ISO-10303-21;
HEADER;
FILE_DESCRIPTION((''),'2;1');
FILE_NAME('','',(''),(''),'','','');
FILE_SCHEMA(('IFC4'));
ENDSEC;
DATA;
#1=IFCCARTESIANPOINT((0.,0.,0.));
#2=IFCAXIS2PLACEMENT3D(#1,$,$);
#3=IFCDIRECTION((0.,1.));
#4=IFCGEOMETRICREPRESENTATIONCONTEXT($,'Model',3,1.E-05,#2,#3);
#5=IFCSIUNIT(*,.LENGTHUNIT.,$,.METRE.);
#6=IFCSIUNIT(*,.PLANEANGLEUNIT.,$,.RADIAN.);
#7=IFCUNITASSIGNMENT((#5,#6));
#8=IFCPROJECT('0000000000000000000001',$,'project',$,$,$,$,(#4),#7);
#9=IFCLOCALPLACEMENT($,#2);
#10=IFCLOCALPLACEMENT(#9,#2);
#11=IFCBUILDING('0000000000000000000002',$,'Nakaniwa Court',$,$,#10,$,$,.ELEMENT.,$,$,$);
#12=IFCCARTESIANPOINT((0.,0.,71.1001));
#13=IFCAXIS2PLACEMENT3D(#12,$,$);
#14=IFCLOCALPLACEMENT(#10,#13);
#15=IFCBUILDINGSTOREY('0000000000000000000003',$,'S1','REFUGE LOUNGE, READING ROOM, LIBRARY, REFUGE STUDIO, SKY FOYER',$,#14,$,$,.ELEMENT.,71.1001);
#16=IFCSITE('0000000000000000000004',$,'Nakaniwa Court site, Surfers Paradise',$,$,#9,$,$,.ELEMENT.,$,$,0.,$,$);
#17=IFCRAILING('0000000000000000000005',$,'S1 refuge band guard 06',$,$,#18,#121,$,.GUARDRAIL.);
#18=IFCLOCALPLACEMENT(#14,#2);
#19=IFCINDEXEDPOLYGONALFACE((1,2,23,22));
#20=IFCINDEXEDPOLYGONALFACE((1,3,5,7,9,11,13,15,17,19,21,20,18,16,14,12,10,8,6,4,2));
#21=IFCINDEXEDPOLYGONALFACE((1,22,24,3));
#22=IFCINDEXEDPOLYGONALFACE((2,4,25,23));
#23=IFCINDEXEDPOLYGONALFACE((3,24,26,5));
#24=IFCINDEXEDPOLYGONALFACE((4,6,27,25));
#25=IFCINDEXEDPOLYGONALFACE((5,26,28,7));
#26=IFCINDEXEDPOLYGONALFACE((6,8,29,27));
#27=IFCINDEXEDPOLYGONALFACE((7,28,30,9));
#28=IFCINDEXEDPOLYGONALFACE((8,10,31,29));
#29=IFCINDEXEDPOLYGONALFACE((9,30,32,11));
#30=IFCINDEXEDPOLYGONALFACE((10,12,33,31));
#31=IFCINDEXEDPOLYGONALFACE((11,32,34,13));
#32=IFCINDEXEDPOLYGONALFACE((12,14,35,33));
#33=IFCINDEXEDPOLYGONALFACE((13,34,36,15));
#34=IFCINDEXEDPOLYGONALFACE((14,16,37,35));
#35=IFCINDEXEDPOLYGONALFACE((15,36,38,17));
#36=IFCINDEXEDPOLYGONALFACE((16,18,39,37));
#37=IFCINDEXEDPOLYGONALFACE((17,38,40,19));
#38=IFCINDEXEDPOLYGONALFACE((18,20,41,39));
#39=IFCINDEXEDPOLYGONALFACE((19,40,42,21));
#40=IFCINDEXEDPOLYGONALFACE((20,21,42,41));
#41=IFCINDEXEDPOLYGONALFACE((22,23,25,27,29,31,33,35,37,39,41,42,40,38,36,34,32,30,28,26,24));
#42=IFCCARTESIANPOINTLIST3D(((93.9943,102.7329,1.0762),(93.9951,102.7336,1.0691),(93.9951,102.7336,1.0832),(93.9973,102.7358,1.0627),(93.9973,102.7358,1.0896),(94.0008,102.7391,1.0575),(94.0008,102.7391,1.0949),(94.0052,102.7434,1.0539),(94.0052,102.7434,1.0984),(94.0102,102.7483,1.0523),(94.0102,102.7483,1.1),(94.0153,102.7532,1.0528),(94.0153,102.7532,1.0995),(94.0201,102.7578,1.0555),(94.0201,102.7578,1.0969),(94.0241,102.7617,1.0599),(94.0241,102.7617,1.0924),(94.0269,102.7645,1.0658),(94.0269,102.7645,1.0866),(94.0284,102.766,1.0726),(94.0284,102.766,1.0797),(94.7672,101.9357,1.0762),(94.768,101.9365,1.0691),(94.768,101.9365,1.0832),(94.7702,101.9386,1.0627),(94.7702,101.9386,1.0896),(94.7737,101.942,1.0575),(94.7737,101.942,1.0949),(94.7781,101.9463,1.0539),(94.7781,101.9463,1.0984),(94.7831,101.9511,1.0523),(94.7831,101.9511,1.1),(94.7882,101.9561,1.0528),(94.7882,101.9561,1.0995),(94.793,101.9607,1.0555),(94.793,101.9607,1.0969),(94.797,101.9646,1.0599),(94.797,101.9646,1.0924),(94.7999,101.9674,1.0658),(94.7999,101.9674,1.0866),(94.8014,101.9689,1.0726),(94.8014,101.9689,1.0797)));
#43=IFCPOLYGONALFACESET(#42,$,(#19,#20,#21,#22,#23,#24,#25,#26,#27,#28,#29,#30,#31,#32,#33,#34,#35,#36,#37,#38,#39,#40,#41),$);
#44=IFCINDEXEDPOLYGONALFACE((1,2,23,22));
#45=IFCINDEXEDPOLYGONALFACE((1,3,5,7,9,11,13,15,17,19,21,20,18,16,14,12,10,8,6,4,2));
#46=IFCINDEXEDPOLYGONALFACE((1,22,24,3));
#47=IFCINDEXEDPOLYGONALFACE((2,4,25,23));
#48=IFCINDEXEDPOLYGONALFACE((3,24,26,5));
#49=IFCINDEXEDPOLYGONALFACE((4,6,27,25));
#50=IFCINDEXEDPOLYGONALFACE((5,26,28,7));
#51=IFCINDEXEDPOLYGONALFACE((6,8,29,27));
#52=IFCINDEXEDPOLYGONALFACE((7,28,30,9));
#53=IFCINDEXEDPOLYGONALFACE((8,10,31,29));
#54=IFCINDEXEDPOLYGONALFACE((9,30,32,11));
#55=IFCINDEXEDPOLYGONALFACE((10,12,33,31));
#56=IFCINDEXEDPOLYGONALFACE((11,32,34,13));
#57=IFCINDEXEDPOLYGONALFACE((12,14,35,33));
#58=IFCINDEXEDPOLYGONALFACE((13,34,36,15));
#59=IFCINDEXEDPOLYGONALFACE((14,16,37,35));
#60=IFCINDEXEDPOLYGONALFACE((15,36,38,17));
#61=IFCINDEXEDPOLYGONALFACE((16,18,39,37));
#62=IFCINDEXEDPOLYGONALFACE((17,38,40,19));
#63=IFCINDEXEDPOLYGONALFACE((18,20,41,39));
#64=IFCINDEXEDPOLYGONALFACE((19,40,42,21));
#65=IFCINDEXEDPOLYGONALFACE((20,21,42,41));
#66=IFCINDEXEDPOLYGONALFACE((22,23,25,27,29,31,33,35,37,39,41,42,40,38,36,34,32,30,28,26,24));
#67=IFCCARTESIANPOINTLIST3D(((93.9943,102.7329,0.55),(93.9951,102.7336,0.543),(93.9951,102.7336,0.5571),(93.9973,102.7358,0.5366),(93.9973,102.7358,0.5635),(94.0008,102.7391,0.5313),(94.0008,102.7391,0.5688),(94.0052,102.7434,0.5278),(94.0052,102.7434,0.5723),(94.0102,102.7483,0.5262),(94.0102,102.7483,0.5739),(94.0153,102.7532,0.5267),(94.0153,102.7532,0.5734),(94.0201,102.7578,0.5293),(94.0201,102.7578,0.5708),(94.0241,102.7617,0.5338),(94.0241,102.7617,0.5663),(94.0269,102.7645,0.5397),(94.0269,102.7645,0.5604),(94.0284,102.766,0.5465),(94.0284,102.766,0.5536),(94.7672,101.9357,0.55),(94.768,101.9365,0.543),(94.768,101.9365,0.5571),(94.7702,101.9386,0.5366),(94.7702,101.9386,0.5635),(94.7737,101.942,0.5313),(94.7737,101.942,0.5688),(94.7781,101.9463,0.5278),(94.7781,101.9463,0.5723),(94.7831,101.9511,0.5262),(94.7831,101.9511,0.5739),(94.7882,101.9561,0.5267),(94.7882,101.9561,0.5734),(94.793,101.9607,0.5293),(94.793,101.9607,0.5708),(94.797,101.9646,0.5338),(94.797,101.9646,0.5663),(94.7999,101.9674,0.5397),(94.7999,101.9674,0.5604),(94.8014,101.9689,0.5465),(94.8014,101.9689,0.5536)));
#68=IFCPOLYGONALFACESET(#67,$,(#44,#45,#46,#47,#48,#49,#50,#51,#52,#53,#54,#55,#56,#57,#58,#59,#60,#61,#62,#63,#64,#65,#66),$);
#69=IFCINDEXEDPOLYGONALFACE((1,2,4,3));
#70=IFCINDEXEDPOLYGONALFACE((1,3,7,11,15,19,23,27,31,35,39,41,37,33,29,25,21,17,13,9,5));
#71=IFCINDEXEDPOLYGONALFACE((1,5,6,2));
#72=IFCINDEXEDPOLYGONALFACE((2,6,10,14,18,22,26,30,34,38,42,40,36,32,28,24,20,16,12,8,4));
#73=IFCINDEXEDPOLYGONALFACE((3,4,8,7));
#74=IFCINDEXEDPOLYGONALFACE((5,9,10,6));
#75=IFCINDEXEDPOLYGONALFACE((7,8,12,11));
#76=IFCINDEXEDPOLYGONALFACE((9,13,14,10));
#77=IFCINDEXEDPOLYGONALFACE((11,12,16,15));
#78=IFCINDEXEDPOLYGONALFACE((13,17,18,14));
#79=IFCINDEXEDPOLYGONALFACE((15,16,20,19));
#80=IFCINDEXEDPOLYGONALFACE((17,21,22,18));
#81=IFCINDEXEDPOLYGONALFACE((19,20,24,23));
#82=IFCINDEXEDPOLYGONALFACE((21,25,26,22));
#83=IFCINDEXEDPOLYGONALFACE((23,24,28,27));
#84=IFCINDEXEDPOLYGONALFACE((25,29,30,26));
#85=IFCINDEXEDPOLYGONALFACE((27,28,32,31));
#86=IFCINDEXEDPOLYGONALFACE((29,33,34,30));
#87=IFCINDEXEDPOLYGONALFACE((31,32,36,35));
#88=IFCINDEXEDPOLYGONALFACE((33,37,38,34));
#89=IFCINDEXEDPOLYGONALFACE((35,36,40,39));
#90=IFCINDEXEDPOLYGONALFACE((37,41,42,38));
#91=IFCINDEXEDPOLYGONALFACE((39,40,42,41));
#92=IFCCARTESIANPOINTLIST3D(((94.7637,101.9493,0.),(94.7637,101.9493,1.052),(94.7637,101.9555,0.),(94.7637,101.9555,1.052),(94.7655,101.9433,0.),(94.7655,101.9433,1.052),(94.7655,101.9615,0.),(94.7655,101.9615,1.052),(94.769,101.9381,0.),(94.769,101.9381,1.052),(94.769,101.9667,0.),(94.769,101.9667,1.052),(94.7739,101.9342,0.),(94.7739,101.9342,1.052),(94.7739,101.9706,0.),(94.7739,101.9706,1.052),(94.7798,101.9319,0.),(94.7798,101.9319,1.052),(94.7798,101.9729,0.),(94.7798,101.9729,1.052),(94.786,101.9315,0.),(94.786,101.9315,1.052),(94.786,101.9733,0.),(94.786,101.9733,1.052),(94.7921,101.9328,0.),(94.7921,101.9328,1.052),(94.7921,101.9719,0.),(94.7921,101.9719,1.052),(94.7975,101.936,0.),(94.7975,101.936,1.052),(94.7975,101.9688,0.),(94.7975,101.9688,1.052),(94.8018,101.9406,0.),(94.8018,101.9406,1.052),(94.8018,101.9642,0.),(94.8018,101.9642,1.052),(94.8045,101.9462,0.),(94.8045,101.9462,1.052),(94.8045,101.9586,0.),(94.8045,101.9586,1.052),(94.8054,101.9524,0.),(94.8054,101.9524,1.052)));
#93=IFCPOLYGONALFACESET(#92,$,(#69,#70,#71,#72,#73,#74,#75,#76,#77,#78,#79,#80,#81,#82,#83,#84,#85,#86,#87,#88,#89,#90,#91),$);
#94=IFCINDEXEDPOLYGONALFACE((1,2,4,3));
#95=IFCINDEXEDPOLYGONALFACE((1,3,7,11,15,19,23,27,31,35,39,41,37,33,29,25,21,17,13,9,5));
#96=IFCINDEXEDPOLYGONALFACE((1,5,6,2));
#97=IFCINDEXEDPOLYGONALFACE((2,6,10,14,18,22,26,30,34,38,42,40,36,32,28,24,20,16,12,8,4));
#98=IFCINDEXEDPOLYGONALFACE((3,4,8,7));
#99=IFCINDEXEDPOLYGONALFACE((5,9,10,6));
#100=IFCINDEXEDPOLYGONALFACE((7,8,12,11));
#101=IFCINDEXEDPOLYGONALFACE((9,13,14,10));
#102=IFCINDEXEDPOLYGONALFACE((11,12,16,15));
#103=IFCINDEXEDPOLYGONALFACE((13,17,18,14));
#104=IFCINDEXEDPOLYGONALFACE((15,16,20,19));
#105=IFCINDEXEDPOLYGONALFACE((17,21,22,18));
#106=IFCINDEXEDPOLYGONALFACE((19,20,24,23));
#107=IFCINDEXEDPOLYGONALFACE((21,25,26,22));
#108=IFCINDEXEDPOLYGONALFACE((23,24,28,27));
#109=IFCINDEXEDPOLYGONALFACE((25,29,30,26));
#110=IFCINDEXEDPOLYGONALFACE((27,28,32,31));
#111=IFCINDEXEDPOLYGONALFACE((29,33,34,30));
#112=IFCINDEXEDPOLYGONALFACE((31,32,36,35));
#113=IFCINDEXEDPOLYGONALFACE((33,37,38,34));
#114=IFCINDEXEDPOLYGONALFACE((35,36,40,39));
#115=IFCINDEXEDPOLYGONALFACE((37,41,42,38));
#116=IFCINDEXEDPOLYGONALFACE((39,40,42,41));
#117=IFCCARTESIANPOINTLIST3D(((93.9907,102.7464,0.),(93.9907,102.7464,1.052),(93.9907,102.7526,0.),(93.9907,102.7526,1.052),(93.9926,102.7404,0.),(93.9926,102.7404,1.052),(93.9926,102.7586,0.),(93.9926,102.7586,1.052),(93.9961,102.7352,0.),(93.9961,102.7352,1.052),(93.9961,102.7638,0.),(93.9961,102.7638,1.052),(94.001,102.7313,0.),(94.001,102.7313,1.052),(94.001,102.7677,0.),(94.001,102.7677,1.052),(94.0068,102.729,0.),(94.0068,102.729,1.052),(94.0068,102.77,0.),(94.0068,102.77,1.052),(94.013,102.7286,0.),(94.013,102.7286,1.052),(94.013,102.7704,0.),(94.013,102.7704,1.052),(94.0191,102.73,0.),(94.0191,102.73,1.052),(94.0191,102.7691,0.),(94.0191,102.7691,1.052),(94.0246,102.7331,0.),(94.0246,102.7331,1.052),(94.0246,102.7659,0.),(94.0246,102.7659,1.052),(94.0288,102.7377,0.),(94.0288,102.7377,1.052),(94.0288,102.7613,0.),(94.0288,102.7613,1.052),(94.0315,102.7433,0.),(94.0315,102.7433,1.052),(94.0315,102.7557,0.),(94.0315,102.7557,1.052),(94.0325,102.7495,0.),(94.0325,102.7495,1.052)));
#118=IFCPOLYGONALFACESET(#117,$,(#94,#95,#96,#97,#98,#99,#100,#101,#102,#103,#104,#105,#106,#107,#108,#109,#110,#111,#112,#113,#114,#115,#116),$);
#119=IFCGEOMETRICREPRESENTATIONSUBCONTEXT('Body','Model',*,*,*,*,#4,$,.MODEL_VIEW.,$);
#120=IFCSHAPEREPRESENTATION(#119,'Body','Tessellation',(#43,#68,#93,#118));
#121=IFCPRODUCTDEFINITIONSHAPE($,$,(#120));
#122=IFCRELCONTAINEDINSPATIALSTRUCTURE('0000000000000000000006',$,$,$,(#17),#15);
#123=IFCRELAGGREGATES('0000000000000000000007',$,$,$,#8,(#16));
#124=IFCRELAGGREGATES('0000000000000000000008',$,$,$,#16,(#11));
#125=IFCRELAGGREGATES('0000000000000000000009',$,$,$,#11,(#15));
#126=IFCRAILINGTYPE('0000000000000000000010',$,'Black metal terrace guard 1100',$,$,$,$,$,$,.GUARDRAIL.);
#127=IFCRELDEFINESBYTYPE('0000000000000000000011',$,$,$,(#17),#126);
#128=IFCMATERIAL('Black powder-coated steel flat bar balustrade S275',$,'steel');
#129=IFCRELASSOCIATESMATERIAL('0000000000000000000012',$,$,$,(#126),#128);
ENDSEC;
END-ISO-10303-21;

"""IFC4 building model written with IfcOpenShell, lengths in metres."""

from ifc_helpers import new_model, si_unit, direction, frame, origin, origin_2d, place, context, subcontext, project, spatial, circle, extrude, material, type_object, element, save


model = new_model("IFC4")

# Units and contexts
model_context = context("Model", 3, precision=1e-05, world=origin(), true_north=direction((0.0, 1.0)))
body_context = subcontext(model_context, "Body", "Model", "MODEL_VIEW")
ifc_project = project(units=[si_unit("LENGTHUNIT", "METRE"), si_unit("PLANEANGLEUNIT", "RADIAN")], contexts=[model_context])

# Site, building, storey
site_placement = place(None, origin())
site = spatial("IfcSite", under=ifc_project, at=site_placement, Name="Nakaniwa Court site, Surfers Paradise", CompositionType="ELEMENT", RefElevation=0.0)
building_placement = place(site_placement, origin())
building = spatial("IfcBuilding", under=site, at=building_placement, Name="Nakaniwa Court", CompositionType="ELEMENT")
storey_placement = place(building_placement, frame((0.0, 0.0, 71.1001)))
storey = spatial("IfcBuildingStorey", under=building, at=storey_placement, Name="S1", Description="REFUGE LOUNGE, READING ROOM, LIBRARY, REFUGE STUDIO, SKY FOYER", CompositionType="ELEMENT", Elevation=71.1001)

# Railing
ifc_material_1 = material(Name="Black powder-coated steel flat bar balustrade S275", Category="steel")
railing_type = type_object("IfcRailingType", Name="Black metal terrace guard 1100", PredefinedType="GUARDRAIL", material=ifc_material_1)
railing_1_placement = place(storey_placement, frame((94.7844, 101.9524, 0.0)))
element("IfcRailing", 1, at=railing_1_placement, inside=storey, type_object=railing_type, Name="S1 refuge band guard 06", PredefinedType="GUARDRAIL", context=body_context, shape_type="SweptSolid", body=[
    extrude(circle(Radius=0.0239, at=origin_2d()), frame((0.0, 0.0, 1.0762), z_axis=(-0.696139, 0.717907, 0.0), x_axis=(-0.717907, -0.696139, 0.0)), (0.0, 0.0, 1.0), 1.1104),
    extrude(circle(Radius=0.0239, at=origin_2d()), frame((0.0, 0.0, 0.55), z_axis=(-0.696139, 0.717907, 0.0), x_axis=(-0.717907, -0.696139, 0.0)), (0.0, 0.0, 1.0), 1.1104),
    extrude(circle(Radius=0.021, at=origin_2d()), origin(), (0.0, 0.0, 1.0), 1.052),
    extrude(circle(Radius=0.021, at=origin_2d()), frame((-0.7729, 0.7971, 0.0)), (0.0, 0.0, 1.0), 1.052),
])

save(model, "model.ifc")
